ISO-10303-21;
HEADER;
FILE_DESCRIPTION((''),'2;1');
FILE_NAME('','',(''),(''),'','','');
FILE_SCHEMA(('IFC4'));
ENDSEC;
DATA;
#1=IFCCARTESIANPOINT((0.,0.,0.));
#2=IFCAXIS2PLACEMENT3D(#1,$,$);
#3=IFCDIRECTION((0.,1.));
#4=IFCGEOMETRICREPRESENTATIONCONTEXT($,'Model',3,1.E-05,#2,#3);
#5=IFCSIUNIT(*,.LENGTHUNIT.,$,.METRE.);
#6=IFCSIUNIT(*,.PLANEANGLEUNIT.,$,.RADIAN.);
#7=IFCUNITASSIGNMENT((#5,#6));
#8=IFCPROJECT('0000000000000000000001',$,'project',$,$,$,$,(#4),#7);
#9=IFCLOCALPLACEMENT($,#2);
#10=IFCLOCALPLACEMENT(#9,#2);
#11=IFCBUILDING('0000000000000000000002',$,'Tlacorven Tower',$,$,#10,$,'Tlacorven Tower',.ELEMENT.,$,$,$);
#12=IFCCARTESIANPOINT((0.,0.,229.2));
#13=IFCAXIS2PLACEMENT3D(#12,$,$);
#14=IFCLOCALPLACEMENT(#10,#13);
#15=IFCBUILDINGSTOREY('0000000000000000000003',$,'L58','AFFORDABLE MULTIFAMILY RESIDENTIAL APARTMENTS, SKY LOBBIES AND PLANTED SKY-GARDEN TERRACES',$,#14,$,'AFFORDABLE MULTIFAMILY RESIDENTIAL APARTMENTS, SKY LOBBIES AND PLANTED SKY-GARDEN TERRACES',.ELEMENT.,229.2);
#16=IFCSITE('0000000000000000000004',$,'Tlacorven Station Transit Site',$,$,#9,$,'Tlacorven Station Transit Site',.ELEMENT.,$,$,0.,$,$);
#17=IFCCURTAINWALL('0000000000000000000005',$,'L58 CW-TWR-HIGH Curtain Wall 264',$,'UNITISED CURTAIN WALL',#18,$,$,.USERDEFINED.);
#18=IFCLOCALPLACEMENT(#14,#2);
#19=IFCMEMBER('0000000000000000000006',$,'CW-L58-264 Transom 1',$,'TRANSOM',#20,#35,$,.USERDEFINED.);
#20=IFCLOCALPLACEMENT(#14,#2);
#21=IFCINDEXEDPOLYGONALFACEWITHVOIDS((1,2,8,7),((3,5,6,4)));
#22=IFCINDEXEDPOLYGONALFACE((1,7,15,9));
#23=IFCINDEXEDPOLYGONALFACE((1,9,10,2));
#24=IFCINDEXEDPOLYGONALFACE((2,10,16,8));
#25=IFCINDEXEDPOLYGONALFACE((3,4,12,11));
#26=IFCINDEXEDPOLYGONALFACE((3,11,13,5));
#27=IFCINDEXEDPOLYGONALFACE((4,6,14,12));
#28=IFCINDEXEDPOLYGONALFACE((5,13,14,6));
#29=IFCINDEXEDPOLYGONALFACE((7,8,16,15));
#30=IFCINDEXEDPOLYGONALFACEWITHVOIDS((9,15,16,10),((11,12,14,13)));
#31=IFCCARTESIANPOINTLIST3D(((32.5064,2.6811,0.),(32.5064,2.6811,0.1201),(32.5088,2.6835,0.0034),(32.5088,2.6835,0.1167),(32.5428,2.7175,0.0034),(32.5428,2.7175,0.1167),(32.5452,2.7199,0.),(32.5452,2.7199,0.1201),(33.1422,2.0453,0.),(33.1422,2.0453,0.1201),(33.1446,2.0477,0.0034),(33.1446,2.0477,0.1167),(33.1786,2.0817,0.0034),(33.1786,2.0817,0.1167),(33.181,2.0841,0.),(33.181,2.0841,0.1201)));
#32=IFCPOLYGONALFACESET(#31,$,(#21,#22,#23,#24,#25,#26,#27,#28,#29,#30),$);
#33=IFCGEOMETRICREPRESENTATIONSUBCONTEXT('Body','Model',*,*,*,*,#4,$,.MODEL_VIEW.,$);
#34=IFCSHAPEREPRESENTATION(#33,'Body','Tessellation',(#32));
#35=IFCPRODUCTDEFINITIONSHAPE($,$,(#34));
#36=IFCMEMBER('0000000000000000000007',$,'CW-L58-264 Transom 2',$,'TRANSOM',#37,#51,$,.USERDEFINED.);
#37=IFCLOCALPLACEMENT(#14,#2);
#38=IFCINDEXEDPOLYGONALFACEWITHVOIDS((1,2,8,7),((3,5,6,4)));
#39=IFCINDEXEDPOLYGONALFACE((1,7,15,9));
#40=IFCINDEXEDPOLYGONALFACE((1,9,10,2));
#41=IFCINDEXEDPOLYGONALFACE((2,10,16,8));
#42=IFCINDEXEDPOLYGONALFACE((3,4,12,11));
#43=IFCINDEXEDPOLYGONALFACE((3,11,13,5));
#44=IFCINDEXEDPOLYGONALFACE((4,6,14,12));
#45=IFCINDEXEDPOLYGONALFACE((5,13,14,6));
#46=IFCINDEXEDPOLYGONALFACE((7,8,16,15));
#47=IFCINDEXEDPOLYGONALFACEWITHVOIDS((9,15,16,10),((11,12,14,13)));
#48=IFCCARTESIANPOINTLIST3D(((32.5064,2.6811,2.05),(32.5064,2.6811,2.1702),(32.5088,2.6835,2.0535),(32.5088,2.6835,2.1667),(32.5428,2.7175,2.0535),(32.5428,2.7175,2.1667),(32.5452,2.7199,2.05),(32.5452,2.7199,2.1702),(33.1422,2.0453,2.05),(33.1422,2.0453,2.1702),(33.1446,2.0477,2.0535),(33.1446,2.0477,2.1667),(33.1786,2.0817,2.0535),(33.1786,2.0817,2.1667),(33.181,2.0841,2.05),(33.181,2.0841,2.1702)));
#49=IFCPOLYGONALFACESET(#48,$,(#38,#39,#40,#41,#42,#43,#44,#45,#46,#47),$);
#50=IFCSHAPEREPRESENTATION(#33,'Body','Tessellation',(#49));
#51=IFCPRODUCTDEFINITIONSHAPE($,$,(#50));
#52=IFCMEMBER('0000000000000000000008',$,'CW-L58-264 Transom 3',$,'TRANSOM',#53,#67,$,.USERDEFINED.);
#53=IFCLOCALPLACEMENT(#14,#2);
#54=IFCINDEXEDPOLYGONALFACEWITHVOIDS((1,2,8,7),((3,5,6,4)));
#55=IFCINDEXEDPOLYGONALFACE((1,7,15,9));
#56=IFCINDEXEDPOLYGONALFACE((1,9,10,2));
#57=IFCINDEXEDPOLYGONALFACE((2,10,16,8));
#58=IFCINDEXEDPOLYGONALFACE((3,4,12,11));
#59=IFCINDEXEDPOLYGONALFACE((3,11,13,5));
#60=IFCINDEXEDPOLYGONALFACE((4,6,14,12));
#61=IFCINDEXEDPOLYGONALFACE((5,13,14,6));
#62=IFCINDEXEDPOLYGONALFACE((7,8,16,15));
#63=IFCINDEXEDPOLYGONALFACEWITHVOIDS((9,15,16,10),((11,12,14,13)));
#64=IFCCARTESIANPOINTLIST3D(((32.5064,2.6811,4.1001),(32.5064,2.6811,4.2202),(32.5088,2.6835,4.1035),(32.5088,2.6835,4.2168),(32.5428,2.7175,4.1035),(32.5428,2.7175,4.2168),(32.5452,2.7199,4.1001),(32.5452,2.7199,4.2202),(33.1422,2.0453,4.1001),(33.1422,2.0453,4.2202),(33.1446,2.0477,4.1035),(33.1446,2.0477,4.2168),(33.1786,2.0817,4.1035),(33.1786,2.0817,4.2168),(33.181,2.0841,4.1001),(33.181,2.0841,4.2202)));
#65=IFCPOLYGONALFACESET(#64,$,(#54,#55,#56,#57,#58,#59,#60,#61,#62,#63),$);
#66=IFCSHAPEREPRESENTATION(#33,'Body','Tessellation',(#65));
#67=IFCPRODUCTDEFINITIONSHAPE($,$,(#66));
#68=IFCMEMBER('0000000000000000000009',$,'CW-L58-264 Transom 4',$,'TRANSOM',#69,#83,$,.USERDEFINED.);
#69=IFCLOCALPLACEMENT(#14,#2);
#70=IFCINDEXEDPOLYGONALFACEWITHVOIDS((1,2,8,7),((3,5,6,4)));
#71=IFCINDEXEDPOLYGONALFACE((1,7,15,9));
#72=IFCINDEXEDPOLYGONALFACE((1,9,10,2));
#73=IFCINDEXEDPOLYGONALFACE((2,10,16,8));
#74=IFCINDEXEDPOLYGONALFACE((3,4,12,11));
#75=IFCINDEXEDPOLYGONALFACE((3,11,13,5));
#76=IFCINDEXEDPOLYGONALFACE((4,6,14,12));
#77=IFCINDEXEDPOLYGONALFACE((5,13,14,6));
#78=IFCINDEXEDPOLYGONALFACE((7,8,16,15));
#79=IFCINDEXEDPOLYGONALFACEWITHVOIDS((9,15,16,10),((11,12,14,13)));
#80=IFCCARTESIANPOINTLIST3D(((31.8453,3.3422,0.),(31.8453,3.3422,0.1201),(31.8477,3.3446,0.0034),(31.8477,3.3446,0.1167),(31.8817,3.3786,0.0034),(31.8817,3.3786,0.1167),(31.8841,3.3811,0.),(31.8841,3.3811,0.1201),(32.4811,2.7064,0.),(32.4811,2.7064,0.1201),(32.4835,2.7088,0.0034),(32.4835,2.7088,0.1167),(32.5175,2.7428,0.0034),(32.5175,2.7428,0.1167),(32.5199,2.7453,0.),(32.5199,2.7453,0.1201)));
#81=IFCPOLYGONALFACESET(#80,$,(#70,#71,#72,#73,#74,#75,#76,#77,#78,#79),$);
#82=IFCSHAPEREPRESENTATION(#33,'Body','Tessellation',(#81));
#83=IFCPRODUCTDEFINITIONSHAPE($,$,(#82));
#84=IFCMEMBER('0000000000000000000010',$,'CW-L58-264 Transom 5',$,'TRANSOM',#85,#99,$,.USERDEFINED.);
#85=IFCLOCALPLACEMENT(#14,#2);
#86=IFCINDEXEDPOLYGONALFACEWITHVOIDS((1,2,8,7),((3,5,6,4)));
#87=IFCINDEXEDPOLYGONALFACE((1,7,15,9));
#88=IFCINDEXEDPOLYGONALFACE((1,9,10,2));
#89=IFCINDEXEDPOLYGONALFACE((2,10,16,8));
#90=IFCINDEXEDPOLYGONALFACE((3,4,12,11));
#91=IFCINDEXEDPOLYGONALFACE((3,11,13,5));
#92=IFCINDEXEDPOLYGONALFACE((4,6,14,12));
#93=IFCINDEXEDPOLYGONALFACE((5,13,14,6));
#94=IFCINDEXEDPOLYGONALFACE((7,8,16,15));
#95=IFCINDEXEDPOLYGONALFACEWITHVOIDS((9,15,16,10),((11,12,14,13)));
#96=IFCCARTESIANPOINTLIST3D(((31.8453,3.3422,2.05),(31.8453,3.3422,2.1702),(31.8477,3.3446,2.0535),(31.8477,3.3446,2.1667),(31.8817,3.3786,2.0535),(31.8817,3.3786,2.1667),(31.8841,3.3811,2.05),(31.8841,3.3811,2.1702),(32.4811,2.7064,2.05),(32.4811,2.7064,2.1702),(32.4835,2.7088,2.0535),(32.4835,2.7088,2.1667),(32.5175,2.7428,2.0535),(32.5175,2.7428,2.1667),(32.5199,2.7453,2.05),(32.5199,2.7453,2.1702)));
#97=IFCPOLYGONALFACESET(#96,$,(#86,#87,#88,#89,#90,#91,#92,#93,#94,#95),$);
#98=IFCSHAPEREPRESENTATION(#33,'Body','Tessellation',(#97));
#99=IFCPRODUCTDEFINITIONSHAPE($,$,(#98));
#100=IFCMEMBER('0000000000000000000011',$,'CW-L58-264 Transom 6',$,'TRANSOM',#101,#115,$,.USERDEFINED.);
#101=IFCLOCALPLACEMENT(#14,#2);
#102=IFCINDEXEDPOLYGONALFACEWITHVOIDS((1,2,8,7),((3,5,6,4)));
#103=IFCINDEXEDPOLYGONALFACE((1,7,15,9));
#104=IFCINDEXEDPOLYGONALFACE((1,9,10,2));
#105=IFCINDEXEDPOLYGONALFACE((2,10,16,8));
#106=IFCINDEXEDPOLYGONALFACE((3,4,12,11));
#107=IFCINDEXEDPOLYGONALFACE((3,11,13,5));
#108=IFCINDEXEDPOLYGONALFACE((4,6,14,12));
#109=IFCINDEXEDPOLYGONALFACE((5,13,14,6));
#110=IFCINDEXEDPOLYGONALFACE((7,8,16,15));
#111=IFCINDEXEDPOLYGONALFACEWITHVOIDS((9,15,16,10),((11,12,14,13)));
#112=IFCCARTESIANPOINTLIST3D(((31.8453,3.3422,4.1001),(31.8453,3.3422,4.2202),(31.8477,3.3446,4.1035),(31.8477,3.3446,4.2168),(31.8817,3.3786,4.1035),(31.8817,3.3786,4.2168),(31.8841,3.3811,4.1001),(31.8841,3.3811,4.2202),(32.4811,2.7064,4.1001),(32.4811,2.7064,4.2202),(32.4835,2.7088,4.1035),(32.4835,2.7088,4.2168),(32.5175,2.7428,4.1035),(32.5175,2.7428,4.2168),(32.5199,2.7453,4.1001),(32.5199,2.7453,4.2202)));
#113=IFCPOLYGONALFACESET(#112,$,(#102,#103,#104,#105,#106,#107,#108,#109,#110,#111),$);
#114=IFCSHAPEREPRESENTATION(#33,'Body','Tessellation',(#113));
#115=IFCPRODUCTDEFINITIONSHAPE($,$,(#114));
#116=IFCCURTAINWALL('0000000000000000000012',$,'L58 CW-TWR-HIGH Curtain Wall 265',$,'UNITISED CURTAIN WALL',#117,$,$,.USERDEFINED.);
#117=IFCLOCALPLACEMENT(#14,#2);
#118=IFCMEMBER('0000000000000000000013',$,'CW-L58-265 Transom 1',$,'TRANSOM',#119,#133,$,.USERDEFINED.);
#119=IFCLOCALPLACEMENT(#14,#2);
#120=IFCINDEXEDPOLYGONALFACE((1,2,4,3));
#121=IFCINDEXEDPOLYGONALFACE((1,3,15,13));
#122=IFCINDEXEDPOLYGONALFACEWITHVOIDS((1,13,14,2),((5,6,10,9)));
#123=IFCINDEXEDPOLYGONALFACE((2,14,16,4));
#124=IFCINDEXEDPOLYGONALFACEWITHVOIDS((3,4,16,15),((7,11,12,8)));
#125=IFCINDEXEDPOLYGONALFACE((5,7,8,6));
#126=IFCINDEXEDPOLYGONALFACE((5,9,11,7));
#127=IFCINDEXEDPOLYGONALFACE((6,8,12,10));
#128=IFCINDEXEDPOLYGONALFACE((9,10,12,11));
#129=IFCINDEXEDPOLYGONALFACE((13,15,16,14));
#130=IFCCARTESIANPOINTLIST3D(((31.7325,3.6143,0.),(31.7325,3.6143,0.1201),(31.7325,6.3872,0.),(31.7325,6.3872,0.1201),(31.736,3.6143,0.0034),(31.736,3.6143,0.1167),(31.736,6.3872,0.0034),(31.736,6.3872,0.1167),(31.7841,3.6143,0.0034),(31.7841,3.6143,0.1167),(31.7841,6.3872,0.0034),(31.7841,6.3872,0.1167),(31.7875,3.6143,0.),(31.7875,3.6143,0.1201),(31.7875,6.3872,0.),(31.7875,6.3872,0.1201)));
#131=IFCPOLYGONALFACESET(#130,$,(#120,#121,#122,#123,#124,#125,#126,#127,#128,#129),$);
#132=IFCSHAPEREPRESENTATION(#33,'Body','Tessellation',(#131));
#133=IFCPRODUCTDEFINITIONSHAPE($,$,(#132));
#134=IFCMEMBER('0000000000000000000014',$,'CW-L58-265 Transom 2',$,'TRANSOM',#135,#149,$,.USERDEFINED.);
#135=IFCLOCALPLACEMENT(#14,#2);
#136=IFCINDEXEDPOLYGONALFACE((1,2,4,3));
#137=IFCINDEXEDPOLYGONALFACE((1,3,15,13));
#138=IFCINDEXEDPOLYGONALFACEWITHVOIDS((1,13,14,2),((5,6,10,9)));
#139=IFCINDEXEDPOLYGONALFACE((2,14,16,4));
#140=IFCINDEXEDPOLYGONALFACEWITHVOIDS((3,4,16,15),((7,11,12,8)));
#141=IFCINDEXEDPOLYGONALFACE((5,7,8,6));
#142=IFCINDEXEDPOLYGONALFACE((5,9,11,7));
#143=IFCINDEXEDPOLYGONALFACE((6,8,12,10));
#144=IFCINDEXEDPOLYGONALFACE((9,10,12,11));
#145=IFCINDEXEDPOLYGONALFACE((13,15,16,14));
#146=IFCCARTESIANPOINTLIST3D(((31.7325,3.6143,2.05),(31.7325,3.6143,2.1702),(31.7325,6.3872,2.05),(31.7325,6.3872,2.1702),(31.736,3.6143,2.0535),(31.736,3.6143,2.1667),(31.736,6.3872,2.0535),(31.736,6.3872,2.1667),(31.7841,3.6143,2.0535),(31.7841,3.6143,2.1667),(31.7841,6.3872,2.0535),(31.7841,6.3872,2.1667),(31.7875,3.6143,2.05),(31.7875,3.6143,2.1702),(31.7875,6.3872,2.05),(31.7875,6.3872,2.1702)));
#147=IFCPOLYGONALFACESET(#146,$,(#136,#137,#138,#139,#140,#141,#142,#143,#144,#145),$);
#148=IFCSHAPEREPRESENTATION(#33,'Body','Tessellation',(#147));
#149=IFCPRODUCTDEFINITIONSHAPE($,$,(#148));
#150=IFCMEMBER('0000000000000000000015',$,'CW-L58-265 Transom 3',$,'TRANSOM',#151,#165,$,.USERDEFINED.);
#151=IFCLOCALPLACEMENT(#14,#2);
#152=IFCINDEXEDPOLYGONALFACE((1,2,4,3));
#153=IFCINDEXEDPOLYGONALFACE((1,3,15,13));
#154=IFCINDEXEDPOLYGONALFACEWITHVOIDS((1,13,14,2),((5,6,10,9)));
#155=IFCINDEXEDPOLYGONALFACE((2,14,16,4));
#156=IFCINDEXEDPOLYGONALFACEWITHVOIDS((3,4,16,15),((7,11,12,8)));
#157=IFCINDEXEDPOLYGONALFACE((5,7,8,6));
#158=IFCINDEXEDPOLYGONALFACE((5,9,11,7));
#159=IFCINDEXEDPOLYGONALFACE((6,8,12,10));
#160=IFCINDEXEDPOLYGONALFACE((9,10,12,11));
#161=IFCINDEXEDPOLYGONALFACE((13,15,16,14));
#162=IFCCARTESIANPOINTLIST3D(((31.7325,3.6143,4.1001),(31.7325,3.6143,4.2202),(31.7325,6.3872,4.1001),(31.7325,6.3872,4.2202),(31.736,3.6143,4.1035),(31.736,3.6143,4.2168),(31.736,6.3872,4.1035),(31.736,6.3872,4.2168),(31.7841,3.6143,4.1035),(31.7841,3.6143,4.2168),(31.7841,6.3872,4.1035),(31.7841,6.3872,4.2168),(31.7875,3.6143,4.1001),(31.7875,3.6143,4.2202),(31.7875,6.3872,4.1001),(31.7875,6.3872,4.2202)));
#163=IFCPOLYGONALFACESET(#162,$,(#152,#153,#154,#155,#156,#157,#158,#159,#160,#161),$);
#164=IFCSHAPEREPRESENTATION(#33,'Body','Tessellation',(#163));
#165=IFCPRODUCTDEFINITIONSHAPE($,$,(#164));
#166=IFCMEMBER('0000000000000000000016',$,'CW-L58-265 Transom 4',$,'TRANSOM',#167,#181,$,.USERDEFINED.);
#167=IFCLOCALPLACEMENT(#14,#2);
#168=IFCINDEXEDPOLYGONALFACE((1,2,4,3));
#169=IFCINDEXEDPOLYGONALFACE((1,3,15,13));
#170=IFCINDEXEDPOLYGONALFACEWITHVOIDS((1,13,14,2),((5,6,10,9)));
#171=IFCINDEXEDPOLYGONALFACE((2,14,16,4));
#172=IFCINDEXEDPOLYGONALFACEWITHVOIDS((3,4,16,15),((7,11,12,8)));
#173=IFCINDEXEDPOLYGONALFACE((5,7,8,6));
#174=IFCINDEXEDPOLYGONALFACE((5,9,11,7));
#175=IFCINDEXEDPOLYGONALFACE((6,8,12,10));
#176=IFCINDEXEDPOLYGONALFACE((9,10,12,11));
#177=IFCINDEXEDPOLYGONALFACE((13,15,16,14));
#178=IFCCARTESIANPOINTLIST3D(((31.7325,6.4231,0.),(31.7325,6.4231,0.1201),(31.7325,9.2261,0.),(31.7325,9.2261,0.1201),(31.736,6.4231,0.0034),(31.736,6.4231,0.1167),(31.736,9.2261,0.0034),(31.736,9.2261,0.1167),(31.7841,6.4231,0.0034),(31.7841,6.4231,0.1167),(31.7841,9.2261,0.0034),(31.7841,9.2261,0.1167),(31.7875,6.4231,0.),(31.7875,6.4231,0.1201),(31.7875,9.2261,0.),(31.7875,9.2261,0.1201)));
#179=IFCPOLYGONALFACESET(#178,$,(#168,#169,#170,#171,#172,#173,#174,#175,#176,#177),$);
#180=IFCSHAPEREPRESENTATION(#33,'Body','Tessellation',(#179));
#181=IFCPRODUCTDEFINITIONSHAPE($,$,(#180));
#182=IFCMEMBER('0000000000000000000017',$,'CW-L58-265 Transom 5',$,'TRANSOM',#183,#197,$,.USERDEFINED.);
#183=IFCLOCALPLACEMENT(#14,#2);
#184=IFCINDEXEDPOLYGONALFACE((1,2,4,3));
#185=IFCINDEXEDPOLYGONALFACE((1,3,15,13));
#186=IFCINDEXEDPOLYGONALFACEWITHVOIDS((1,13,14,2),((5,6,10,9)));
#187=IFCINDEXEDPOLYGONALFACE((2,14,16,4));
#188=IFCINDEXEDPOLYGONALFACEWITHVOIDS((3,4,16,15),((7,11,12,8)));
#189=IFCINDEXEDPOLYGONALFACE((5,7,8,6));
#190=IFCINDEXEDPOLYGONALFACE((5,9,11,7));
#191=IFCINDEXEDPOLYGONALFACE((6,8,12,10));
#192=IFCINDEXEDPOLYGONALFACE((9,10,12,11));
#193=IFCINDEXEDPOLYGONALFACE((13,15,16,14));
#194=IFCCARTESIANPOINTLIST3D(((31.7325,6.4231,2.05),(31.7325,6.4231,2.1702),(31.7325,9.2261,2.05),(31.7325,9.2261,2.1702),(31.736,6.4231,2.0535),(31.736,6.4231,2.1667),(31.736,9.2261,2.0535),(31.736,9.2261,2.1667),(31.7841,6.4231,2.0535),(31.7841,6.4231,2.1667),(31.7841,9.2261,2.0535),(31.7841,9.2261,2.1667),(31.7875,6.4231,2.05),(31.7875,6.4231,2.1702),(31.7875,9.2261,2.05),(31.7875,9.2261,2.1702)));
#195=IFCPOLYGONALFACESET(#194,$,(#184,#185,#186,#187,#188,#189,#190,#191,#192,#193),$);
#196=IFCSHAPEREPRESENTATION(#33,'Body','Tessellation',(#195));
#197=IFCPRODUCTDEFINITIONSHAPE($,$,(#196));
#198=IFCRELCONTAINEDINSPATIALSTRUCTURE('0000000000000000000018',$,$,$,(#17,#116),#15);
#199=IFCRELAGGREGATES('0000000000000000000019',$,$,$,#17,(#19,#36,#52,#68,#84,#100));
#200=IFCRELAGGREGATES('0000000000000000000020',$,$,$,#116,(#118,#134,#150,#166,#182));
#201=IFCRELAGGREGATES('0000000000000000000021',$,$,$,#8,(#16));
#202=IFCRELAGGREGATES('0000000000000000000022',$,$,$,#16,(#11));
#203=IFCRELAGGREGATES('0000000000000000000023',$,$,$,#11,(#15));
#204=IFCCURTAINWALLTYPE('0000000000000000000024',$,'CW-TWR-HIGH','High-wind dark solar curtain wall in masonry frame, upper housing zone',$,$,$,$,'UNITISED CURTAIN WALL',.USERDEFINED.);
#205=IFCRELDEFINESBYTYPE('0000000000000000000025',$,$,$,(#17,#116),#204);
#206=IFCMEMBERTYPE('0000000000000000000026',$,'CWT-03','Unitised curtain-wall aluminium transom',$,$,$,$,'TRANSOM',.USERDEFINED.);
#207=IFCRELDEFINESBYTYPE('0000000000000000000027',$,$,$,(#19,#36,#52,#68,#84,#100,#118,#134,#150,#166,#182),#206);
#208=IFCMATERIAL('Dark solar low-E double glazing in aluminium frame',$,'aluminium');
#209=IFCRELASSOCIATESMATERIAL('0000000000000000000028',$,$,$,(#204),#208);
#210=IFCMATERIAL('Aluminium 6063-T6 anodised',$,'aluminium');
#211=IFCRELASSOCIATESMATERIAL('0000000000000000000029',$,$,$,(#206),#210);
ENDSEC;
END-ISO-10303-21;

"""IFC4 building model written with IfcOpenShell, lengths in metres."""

from ifc_helpers import new_model, si_unit, direction, frame, origin, origin_2d, place, context, subcontext, project, spatial, hollow_rectangle, extrude, source, transform, mapped, material, material_profile, profile_set, type_object, element, aggregate, save


model = new_model("IFC4")

# Units and contexts
model_context = context("Model", 3, precision=1e-05, world=origin(), true_north=direction((0.0, 1.0)))
body_context = subcontext(model_context, "Body", "Model", "MODEL_VIEW")
ifc_project = project(units=[si_unit("LENGTHUNIT", "METRE"), si_unit("PLANEANGLEUNIT", "RADIAN")], contexts=[model_context])

# Site, building, storey
site_placement = place(None, origin())
site = spatial("IfcSite", under=ifc_project, at=site_placement, Name="Tlacorven Station Transit Site", LongName="Tlacorven Station Transit Site", CompositionType="ELEMENT", RefElevation=0.0)
building_placement = place(site_placement, origin())
building = spatial("IfcBuilding", under=site, at=building_placement, Name="Tlacorven Tower", LongName="Tlacorven Tower", CompositionType="ELEMENT")
storey_placement = place(building_placement, frame((0.0, 0.0, 229.2)))
storey = spatial("IfcBuildingStorey", under=building, at=storey_placement, Name="L58", Description="AFFORDABLE MULTIFAMILY RESIDENTIAL APARTMENTS, SKY LOBBIES AND PLANTED SKY-GARDEN TERRACES", LongName="AFFORDABLE MULTIFAMILY RESIDENTIAL APARTMENTS, SKY LOBBIES AND PLANTED SKY-GARDEN TERRACES", CompositionType="ELEMENT", Elevation=229.2)

# Curtain walls, members
ifc_material_1 = material(Name="Dark solar low-E double glazing in aluminium frame", Category="aluminium")
curtain_wall_type = type_object("IfcCurtainWallType", Name="CW-TWR-HIGH", Description="High-wind dark solar curtain wall in masonry frame, upper housing zone", ElementType="UNITISED CURTAIN WALL", PredefinedType="USERDEFINED", material=ifc_material_1)
curtain_wall_1_placement = place(storey_placement, origin())
curtain_wall_1 = element("IfcCurtainWall", 1, at=curtain_wall_1_placement, inside=storey, type_object=curtain_wall_type, Name="L58 CW-TWR-HIGH Curtain Wall 264", ObjectType="UNITISED CURTAIN WALL", PredefinedType="USERDEFINED")
ifc_material_2 = material(Name="Aluminium 6063-T6 anodised", Category="aluminium")
ifc_material_profile_1 = material_profile(ifc_material_2, hollow_rectangle(XDim=0.0549, YDim=0.1201, WallThickness=0.0034, at=origin_2d()), Name="ALU TRANSOM 55X120")
ifc_profile_set_1 = profile_set([ifc_material_profile_1], Name="Aluminium 6063-T6 anodised")
member_type_1 = type_object("IfcMemberType", Name="CWT-03", Description="Unitised curtain-wall aluminium transom", ElementType="TRANSOM", PredefinedType="USERDEFINED", material=ifc_profile_set_1)
shared_shape_1 = source(origin(), body_context, "Body", "SweptSolid", [
    extrude(hollow_rectangle(XDim=0.0549, YDim=0.1201, WallThickness=0.0034, at=origin_2d()), origin(), (0.0, 0.0, 1.0), 0.8992),
])
member_1_placement = place(storey_placement, frame((33.1616, 2.0647, 0.0601), z_axis=(-0.707107, 0.707107, 0.0), x_axis=(-0.707107, -0.707107, 0.0)))
member_1 = element("IfcMember", 2, at=member_1_placement, type_object=member_type_1, Name="CW-L58-264 Transom 1", ObjectType="TRANSOM", PredefinedType="USERDEFINED", context=body_context, shape_type="MappedRepresentation", body=[
    mapped(shared_shape_1, transform((0.0, 0.0, 0.0), scale=1.0)),
])
member_2_placement = place(storey_placement, frame((33.1616, 2.0647, 2.1101), z_axis=(-0.707107, 0.707107, 0.0), x_axis=(-0.707107, -0.707107, 0.0)))
member_2 = element("IfcMember", 3, at=member_2_placement, type_object=member_type_1, Name="CW-L58-264 Transom 2", ObjectType="TRANSOM", PredefinedType="USERDEFINED", context=body_context, shape_type="MappedRepresentation", body=[
    mapped(shared_shape_1, transform((0.0, 0.0, 0.0), scale=1.0)),
])
member_3_placement = place(storey_placement, frame((33.1616, 2.0647, 4.1602), z_axis=(-0.707107, 0.707107, 0.0), x_axis=(-0.707107, -0.707107, 0.0)))
member_3 = element("IfcMember", 4, at=member_3_placement, type_object=member_type_1, Name="CW-L58-264 Transom 3", ObjectType="TRANSOM", PredefinedType="USERDEFINED", context=body_context, shape_type="MappedRepresentation", body=[
    mapped(shared_shape_1, transform((0.0, 0.0, 0.0), scale=1.0)),
])
member_4_placement = place(storey_placement, frame((32.5005, 2.7258, 0.0601), z_axis=(-0.707107, 0.707107, 0.0), x_axis=(-0.707107, -0.707107, 0.0)))
member_4 = element("IfcMember", 5, at=member_4_placement, type_object=member_type_1, Name="CW-L58-264 Transom 4", ObjectType="TRANSOM", PredefinedType="USERDEFINED", context=body_context, shape_type="MappedRepresentation", body=[
    mapped(shared_shape_1, transform((0.0, 0.0, 0.0), scale=1.0)),
])
member_5_placement = place(storey_placement, frame((32.5005, 2.7258, 2.1101), z_axis=(-0.707107, 0.707107, 0.0), x_axis=(-0.707107, -0.707107, 0.0)))
member_5 = element("IfcMember", 6, at=member_5_placement, type_object=member_type_1, Name="CW-L58-264 Transom 5", ObjectType="TRANSOM", PredefinedType="USERDEFINED", context=body_context, shape_type="MappedRepresentation", body=[
    mapped(shared_shape_1, transform((0.0, 0.0, 0.0), scale=1.0)),
])
member_6_placement = place(storey_placement, frame((32.5005, 2.7258, 4.1602), z_axis=(-0.707107, 0.707107, 0.0), x_axis=(-0.707107, -0.707107, 0.0)))
member_6 = element("IfcMember", 7, at=member_6_placement, type_object=member_type_1, Name="CW-L58-264 Transom 6", ObjectType="TRANSOM", PredefinedType="USERDEFINED", context=body_context, shape_type="MappedRepresentation", body=[
    mapped(shared_shape_1, transform((0.0, 0.0, 0.0), scale=1.0)),
])
curtain_wall_2_placement = place(storey_placement, origin())
curtain_wall_2 = element("IfcCurtainWall", 8, at=curtain_wall_2_placement, inside=storey, type_object=curtain_wall_type, Name="L58 CW-TWR-HIGH Curtain Wall 265", ObjectType="UNITISED CURTAIN WALL", PredefinedType="USERDEFINED")
shared_shape_2 = source(origin(), body_context, "Body", "SweptSolid", [
    extrude(hollow_rectangle(XDim=0.0549, YDim=0.1201, WallThickness=0.0034, at=origin_2d()), origin(), (0.0, 0.0, 1.0), 2.7729),
])
member_7_placement = place(storey_placement, frame((31.76, 3.6143, 0.0601), z_axis=(0.0, 1.0, 0.0), x_axis=(-1.0, 0.0, 0.0)))
member_7 = element("IfcMember", 9, at=member_7_placement, type_object=member_type_1, Name="CW-L58-265 Transom 1", ObjectType="TRANSOM", PredefinedType="USERDEFINED", context=body_context, shape_type="MappedRepresentation", body=[
    mapped(shared_shape_2, transform((0.0, 0.0, 0.0), scale=1.0)),
])
member_8_placement = place(storey_placement, frame((31.76, 3.6143, 2.1101), z_axis=(0.0, 1.0, 0.0), x_axis=(-1.0, 0.0, 0.0)))
member_8 = element("IfcMember", 10, at=member_8_placement, type_object=member_type_1, Name="CW-L58-265 Transom 2", ObjectType="TRANSOM", PredefinedType="USERDEFINED", context=body_context, shape_type="MappedRepresentation", body=[
    mapped(shared_shape_2, transform((0.0, 0.0, 0.0), scale=1.0)),
])
member_9_placement = place(storey_placement, frame((31.76, 3.6143, 4.1602), z_axis=(0.0, 1.0, 0.0), x_axis=(-1.0, 0.0, 0.0)))
member_9 = element("IfcMember", 11, at=member_9_placement, type_object=member_type_1, Name="CW-L58-265 Transom 3", ObjectType="TRANSOM", PredefinedType="USERDEFINED", context=body_context, shape_type="MappedRepresentation", body=[
    mapped(shared_shape_2, transform((0.0, 0.0, 0.0), scale=1.0)),
])
shared_shape_3 = source(origin(), body_context, "Body", "SweptSolid", [
    extrude(hollow_rectangle(XDim=0.0549, YDim=0.1201, WallThickness=0.0034, at=origin_2d()), origin(), (0.0, 0.0, 1.0), 2.803),
])
member_10_placement = place(storey_placement, frame((31.76, 6.4231, 0.0601), z_axis=(0.0, 1.0, 0.0), x_axis=(-1.0, 0.0, 0.0)))
member_10 = element("IfcMember", 12, at=member_10_placement, type_object=member_type_1, Name="CW-L58-265 Transom 4", ObjectType="TRANSOM", PredefinedType="USERDEFINED", context=body_context, shape_type="MappedRepresentation", body=[
    mapped(shared_shape_3, transform((0.0, 0.0, 0.0), scale=1.0)),
])
member_11_placement = place(storey_placement, frame((31.76, 6.4231, 2.1101), z_axis=(0.0, 1.0, 0.0), x_axis=(-1.0, 0.0, 0.0)))
member_11 = element("IfcMember", 13, at=member_11_placement, type_object=member_type_1, Name="CW-L58-265 Transom 5", ObjectType="TRANSOM", PredefinedType="USERDEFINED", context=body_context, shape_type="MappedRepresentation", body=[
    mapped(shared_shape_3, transform((0.0, 0.0, 0.0), scale=1.0)),
])

aggregate(curtain_wall_1, [member_1, member_2, member_3, member_4, member_5, member_6])
aggregate(curtain_wall_2, [member_7, member_8, member_9, member_10, member_11])

save(model, "model.ifc")
